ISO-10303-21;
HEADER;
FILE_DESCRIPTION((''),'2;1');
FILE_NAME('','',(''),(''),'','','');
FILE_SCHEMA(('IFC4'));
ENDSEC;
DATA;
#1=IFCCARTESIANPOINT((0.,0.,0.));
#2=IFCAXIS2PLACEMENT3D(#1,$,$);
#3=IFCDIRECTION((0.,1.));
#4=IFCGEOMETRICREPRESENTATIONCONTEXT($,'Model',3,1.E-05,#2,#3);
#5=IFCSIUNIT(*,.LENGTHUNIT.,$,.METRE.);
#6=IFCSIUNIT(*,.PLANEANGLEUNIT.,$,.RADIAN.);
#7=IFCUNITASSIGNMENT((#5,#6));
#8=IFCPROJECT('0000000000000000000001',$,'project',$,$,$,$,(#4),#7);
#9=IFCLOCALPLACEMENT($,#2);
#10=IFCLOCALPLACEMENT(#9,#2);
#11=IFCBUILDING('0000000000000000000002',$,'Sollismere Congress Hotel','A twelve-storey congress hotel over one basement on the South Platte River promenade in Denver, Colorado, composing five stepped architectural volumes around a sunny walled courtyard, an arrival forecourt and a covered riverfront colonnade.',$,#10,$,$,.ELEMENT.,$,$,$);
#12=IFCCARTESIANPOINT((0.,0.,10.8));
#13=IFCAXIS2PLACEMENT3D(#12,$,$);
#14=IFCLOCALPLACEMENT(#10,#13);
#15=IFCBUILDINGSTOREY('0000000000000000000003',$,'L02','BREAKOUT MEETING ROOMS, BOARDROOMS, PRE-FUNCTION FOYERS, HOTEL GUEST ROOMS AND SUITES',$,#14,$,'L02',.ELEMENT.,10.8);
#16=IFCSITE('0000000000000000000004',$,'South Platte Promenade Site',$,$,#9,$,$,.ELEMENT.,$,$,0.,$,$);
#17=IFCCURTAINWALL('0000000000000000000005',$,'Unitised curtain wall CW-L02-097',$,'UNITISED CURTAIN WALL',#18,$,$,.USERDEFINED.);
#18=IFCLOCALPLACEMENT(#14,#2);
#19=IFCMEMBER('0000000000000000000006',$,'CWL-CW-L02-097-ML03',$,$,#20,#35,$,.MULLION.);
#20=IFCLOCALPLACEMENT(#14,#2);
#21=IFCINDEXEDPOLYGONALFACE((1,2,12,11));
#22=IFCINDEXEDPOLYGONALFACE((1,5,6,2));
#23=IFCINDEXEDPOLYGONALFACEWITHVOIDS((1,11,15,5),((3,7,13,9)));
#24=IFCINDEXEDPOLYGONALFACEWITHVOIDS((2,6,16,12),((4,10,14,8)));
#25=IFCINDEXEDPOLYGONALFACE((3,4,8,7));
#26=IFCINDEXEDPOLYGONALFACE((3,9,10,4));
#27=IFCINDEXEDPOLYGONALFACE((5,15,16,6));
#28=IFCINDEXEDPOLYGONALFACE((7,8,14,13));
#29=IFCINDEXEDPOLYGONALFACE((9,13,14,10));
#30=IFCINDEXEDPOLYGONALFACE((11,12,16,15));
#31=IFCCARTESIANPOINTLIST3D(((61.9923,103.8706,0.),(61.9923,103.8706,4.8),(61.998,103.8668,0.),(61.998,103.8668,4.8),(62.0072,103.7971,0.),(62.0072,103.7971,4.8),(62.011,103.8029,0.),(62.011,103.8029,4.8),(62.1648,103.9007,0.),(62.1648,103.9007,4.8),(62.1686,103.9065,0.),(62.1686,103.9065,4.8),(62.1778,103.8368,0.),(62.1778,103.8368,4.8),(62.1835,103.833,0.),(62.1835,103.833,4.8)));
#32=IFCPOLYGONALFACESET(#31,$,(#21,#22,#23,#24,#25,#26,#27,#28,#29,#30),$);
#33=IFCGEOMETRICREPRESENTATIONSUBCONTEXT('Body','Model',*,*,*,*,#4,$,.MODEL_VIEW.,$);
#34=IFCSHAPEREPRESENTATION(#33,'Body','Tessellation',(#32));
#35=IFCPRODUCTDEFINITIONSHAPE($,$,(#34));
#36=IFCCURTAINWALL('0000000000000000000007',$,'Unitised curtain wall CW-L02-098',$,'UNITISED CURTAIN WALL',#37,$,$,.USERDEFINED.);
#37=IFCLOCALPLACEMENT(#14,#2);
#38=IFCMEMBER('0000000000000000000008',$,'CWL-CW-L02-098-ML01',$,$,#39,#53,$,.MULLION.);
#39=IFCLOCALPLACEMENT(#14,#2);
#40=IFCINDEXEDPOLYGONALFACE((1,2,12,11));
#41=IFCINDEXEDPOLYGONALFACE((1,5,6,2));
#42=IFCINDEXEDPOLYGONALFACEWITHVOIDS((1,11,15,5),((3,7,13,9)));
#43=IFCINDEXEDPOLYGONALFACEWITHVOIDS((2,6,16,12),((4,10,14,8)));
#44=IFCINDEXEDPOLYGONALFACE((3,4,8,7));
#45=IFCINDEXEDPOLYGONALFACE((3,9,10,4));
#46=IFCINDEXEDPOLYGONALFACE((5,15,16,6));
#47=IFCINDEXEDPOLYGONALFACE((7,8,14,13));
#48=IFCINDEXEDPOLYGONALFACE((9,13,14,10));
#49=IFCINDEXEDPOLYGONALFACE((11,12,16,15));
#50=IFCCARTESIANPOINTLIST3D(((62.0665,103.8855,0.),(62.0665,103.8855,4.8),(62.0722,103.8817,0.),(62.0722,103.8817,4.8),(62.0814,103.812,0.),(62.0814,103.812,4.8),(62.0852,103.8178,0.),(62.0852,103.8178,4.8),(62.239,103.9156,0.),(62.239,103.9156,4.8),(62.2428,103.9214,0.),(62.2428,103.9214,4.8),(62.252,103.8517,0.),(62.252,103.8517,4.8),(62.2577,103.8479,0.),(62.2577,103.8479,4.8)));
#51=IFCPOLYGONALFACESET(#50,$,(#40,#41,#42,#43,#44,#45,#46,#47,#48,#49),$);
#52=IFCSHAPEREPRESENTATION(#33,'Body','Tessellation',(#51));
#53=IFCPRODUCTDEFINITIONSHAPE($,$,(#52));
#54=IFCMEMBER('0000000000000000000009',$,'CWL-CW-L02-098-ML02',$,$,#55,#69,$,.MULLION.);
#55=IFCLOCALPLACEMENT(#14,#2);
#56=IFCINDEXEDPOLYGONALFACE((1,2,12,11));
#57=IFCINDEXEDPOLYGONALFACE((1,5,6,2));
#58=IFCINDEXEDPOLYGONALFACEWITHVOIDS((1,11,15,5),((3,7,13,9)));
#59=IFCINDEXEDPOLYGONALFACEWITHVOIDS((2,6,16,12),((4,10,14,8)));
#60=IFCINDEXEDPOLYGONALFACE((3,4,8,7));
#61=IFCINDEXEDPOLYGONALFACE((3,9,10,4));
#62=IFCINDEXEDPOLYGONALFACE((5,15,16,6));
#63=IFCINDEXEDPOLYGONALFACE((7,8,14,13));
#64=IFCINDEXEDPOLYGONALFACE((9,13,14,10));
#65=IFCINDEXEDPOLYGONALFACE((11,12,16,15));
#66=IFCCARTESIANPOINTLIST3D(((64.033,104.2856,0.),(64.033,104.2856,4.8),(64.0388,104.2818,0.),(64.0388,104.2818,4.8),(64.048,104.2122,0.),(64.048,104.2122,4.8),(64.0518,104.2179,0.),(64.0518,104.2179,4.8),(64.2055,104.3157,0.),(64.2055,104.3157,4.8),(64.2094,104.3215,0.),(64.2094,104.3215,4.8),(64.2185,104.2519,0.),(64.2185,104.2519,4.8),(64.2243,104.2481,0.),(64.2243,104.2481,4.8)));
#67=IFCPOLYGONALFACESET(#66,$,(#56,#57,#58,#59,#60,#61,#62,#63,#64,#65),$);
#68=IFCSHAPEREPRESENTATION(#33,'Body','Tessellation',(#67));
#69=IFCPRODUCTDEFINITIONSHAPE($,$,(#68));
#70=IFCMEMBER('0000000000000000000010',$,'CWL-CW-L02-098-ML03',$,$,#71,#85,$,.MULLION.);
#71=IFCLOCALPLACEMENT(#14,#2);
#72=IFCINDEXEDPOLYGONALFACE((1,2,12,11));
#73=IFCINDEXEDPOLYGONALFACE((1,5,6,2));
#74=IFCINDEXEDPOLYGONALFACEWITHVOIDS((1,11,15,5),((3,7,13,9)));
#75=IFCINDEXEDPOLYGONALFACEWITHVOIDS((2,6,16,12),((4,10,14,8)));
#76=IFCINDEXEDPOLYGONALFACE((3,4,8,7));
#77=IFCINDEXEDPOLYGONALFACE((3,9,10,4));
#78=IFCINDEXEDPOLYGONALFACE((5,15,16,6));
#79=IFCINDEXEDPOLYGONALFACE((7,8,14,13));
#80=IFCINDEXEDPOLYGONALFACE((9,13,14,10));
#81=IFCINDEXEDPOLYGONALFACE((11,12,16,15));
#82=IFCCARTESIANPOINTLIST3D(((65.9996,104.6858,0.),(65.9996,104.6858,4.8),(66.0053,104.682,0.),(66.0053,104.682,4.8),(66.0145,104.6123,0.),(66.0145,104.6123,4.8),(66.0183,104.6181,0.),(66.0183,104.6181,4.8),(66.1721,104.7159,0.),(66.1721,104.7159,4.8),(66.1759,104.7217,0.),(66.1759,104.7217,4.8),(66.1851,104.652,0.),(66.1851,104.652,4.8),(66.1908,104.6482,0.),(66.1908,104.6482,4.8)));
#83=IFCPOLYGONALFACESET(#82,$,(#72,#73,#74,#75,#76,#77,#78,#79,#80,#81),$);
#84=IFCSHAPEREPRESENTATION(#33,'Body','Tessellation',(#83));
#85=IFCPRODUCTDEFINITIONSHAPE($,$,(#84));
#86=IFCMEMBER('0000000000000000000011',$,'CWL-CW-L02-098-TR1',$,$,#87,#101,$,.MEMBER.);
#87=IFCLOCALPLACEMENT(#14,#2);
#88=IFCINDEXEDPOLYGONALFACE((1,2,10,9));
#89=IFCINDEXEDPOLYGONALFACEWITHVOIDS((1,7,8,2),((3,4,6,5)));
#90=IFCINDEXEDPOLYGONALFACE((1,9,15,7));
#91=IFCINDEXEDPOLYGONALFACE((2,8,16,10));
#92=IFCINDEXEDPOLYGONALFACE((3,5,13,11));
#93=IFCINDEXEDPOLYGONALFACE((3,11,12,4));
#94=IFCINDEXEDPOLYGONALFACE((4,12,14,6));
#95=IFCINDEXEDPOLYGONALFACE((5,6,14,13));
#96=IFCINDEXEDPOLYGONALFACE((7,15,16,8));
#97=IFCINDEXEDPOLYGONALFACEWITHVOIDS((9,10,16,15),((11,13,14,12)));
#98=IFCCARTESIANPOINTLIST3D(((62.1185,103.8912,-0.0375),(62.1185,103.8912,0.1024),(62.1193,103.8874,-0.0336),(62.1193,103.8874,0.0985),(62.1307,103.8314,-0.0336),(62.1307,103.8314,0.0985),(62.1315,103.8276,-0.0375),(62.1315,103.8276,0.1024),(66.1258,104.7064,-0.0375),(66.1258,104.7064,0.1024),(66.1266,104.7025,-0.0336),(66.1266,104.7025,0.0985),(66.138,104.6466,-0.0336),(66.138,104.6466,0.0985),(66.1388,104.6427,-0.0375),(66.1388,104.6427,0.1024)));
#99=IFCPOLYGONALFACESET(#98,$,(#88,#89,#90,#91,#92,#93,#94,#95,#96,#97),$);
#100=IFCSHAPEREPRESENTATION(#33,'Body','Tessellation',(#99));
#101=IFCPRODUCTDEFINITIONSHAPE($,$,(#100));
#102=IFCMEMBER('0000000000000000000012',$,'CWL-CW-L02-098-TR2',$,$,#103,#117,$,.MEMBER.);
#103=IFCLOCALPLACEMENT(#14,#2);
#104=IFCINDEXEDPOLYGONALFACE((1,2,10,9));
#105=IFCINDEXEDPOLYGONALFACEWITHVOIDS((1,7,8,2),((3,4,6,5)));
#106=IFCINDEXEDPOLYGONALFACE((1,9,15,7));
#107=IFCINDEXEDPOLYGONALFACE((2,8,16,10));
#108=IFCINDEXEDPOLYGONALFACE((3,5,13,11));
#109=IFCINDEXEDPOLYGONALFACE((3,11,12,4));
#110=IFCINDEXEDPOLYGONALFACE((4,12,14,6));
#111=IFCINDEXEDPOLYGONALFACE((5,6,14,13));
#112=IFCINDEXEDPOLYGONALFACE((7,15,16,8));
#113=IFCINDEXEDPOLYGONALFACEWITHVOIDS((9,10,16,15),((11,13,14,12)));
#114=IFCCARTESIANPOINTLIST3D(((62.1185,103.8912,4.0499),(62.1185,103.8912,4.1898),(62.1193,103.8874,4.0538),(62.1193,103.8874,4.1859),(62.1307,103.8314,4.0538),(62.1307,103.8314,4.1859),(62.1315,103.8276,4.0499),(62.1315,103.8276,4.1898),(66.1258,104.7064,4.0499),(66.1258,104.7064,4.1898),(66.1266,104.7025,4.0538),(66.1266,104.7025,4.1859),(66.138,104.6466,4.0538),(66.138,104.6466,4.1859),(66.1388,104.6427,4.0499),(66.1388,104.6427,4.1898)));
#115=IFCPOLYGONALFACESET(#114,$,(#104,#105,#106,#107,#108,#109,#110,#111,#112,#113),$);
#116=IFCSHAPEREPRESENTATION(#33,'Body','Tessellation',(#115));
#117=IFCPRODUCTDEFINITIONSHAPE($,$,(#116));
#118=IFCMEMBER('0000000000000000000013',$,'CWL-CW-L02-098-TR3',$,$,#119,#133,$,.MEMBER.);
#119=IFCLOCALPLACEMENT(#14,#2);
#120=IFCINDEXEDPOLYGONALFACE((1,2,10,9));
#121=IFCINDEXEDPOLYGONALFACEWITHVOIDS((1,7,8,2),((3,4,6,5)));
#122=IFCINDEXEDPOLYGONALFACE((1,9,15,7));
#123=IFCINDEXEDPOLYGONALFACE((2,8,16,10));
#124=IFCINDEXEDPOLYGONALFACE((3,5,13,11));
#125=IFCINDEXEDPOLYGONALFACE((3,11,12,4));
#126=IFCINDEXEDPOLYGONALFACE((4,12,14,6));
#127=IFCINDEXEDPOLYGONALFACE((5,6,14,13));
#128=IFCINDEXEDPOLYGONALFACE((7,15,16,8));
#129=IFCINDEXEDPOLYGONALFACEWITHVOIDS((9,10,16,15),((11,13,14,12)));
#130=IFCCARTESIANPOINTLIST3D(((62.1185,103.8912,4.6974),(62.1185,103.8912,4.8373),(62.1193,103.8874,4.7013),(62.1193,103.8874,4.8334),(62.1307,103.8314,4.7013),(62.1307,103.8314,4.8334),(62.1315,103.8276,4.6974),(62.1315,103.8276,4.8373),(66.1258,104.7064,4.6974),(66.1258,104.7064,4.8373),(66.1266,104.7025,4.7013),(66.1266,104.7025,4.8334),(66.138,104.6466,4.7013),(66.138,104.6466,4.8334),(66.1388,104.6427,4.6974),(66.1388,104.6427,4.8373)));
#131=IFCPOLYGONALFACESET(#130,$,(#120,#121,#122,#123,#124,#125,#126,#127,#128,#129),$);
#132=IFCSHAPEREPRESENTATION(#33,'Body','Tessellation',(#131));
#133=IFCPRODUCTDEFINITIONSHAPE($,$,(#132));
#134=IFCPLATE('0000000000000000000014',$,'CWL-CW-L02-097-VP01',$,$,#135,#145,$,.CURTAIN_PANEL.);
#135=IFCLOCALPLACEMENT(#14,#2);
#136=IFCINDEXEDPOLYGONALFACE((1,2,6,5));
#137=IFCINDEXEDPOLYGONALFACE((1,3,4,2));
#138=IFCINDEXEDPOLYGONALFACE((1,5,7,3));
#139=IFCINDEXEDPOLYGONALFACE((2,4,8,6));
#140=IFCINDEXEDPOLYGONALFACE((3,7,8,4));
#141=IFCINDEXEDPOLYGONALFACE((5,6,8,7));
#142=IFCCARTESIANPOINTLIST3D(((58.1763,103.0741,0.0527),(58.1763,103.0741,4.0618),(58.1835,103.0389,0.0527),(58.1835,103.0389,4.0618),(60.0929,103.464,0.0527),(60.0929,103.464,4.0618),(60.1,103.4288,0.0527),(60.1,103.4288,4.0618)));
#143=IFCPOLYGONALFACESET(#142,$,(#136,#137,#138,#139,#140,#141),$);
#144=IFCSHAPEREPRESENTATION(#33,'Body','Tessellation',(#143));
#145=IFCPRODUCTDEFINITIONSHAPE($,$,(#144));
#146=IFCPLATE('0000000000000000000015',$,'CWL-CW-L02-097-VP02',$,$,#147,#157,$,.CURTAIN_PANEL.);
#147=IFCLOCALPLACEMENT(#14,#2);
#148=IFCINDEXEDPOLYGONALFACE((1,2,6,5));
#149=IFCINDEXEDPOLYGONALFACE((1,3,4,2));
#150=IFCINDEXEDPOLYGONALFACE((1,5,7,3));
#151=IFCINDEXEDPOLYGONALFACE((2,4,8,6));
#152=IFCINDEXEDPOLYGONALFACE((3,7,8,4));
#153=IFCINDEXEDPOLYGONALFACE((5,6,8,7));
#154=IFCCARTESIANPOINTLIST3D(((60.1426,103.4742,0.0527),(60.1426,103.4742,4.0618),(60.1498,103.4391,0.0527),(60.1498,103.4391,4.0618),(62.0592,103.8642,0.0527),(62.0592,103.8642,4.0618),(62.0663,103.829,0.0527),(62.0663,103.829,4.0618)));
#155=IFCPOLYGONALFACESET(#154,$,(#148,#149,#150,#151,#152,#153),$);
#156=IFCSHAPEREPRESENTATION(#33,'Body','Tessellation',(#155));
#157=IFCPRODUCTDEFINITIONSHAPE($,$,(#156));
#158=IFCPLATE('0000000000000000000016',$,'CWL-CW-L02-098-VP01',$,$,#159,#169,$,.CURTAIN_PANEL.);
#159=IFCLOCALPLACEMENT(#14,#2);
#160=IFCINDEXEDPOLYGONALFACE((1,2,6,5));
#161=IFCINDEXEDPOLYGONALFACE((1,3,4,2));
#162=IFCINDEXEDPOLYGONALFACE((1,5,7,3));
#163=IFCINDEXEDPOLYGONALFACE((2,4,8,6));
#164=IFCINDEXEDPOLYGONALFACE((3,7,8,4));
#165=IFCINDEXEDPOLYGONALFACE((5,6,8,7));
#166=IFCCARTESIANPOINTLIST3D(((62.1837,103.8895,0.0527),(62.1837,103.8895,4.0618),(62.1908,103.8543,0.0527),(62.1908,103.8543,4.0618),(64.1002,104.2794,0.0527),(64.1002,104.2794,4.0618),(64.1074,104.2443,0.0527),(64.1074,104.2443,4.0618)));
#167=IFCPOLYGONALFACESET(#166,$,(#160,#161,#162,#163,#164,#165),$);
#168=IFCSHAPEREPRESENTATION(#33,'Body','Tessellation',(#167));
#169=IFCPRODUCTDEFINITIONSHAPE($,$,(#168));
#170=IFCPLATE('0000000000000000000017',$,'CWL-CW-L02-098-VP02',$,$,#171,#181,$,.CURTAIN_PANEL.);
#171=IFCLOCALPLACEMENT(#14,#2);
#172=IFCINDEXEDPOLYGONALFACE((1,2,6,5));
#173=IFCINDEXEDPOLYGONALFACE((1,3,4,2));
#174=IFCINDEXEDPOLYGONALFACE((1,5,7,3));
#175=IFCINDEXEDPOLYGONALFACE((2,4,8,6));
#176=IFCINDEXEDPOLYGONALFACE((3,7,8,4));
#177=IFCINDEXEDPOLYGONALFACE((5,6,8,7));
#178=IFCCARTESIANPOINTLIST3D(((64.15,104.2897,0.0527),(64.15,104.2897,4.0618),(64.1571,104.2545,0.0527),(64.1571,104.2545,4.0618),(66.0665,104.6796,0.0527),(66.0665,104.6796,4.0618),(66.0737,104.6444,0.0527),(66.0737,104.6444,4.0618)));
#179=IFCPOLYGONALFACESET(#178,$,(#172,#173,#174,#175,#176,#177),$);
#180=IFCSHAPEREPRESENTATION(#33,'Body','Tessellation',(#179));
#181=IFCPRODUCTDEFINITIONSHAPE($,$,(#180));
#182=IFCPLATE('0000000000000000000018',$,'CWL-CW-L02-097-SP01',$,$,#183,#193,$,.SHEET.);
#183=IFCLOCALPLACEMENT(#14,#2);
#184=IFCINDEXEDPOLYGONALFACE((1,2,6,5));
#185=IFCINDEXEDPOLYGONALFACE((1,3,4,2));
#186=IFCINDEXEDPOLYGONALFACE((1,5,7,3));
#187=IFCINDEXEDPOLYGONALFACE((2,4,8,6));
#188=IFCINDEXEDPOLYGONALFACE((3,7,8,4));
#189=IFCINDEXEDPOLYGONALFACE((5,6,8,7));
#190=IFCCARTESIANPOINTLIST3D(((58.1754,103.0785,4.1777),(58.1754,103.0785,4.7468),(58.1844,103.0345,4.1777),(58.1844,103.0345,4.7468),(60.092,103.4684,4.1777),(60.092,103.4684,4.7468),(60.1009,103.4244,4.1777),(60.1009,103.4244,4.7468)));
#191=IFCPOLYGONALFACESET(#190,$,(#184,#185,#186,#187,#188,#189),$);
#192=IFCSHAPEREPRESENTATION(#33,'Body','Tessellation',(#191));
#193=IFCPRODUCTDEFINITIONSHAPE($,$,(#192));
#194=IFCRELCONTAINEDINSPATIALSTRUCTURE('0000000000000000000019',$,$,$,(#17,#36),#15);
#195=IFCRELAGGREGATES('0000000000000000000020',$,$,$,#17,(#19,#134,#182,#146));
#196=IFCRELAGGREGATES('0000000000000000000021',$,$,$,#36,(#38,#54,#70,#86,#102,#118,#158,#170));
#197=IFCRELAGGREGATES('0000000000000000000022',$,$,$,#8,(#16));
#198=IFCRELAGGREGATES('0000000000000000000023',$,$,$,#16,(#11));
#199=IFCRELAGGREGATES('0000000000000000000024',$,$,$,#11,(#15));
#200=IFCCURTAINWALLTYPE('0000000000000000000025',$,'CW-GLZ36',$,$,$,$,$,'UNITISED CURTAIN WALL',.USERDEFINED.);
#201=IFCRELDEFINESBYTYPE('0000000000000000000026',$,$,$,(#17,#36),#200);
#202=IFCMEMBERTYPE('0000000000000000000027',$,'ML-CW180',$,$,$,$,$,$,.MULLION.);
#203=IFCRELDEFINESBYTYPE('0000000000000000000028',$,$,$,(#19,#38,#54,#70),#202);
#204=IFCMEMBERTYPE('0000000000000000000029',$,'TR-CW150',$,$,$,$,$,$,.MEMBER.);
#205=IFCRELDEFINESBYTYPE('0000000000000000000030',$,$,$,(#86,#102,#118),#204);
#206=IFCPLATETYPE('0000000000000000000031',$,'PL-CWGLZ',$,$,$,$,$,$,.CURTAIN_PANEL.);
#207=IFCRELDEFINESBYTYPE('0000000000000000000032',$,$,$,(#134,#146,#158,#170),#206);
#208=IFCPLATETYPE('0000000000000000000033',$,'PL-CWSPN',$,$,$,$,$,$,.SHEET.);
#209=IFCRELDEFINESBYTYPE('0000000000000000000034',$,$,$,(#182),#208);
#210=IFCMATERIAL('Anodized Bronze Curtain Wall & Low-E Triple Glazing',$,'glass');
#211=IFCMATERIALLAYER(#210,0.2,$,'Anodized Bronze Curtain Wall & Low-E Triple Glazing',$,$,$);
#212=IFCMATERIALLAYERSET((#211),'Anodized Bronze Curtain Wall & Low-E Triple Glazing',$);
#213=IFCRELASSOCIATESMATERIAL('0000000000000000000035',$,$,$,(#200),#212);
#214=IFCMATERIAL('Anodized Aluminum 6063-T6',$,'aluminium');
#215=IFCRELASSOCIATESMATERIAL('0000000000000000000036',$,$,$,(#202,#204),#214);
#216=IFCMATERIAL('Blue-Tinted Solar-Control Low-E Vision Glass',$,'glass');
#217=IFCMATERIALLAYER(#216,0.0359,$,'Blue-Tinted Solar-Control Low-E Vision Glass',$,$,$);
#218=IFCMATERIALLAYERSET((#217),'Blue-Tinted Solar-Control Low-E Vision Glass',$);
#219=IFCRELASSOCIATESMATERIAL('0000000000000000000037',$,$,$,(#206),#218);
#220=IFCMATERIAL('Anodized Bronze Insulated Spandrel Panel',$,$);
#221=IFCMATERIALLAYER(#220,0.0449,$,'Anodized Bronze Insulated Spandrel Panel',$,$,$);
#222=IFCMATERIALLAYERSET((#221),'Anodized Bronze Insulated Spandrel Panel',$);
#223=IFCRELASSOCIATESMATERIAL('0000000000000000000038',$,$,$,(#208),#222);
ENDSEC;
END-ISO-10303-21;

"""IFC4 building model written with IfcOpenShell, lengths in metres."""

from ifc_helpers import new_model, si_unit, direction, frame, origin, origin_2d, place, context, subcontext, project, spatial, rectangle, hollow_rectangle, extrude, material, layer, layer_set, material_profile, profile_set, type_object, element, aggregate, save


model = new_model("IFC4")

# Units and contexts
model_context = context("Model", 3, precision=1e-05, world=origin(), true_north=direction((0.0, 1.0)))
body_context = subcontext(model_context, "Body", "Model", "MODEL_VIEW")
ifc_project = project(units=[si_unit("LENGTHUNIT", "METRE"), si_unit("PLANEANGLEUNIT", "RADIAN")], contexts=[model_context])

# Site, building, storey
site_placement = place(None, origin())
site = spatial("IfcSite", under=ifc_project, at=site_placement, Name="South Platte Promenade Site", CompositionType="ELEMENT", RefElevation=0.0)
building_placement = place(site_placement, origin())
building = spatial("IfcBuilding", under=site, at=building_placement, Name="Sollismere Congress Hotel", Description="A twelve-storey congress hotel over one basement on the South Platte River promenade in Denver, Colorado, composing five stepped architectural volumes around a sunny walled courtyard, an arrival forecourt and a covered riverfront colonnade.", CompositionType="ELEMENT")
storey_placement = place(building_placement, frame((0.0, 0.0, 10.8)))
storey = spatial("IfcBuildingStorey", under=building, at=storey_placement, Name="L02", Description="BREAKOUT MEETING ROOMS, BOARDROOMS, PRE-FUNCTION FOYERS, HOTEL GUEST ROOMS AND SUITES", LongName="L02", CompositionType="ELEMENT", Elevation=10.8)

# Curtain walls, members
ifc_material_1 = material(Name="Anodized Bronze Curtain Wall & Low-E Triple Glazing", Category="glass")
ifc_layer_1 = layer(ifc_material_1, 0.2, Name="Anodized Bronze Curtain Wall & Low-E Triple Glazing")
ifc_layer_set_1 = layer_set([ifc_layer_1], Name="Anodized Bronze Curtain Wall & Low-E Triple Glazing")
curtain_wall_type = type_object("IfcCurtainWallType", Name="CW-GLZ36", ElementType="UNITISED CURTAIN WALL", PredefinedType="USERDEFINED", material=ifc_layer_set_1)
curtain_wall_1_placement = place(storey_placement, origin())
curtain_wall_1 = element("IfcCurtainWall", 1, at=curtain_wall_1_placement, inside=storey, type_object=curtain_wall_type, Name="Unitised curtain wall CW-L02-097", ObjectType="UNITISED CURTAIN WALL", PredefinedType="USERDEFINED")
ifc_material_2 = material(Name="Anodized Aluminum 6063-T6", Category="aluminium")
ifc_material_profile_1 = material_profile(ifc_material_2, hollow_rectangle(XDim=0.075, YDim=0.1799, WallThickness=0.0049, at=origin_2d()), Name="ALU180X75X5")
ifc_profile_set_1 = profile_set([ifc_material_profile_1], Name="Anodized Aluminum 6063-T6")
member_type_1 = type_object("IfcMemberType", Name="ML-CW180", PredefinedType="MULLION", material=ifc_profile_set_1)
member_1_placement = place(storey_placement, frame((62.0879, 103.8518, 0.0), z_axis=(0.0, 0.0, 1.0), x_axis=(-0.199368, 0.979925, 0.0)))
member_1 = element("IfcMember", 2, at=member_1_placement, type_object=member_type_1, Name="CWL-CW-L02-097-ML03", PredefinedType="MULLION", context=body_context, shape_type="SweptSolid", body=[
    extrude(hollow_rectangle(XDim=0.075, YDim=0.1799, WallThickness=0.0049, at=origin_2d()), origin(), (0.0, 0.0, 1.0), 4.8),
])
curtain_wall_2_placement = place(storey_placement, origin())
curtain_wall_2 = element("IfcCurtainWall", 3, at=curtain_wall_2_placement, inside=storey, type_object=curtain_wall_type, Name="Unitised curtain wall CW-L02-098", ObjectType="UNITISED CURTAIN WALL", PredefinedType="USERDEFINED")
member_2_placement = place(storey_placement, frame((62.1621, 103.8667, 0.0), z_axis=(0.0, 0.0, 1.0), x_axis=(-0.199368, 0.979925, 0.0)))
member_2 = element("IfcMember", 4, at=member_2_placement, type_object=member_type_1, Name="CWL-CW-L02-098-ML01", PredefinedType="MULLION", context=body_context, shape_type="SweptSolid", body=[
    extrude(hollow_rectangle(XDim=0.075, YDim=0.1799, WallThickness=0.0049, at=origin_2d()), origin(), (0.0, 0.0, 1.0), 4.8),
])
member_3_placement = place(storey_placement, frame((64.1287, 104.2668, 0.0), z_axis=(0.0, 0.0, 1.0), x_axis=(-0.199368, 0.979925, 0.0)))
member_3 = element("IfcMember", 5, at=member_3_placement, type_object=member_type_1, Name="CWL-CW-L02-098-ML02", PredefinedType="MULLION", context=body_context, shape_type="SweptSolid", body=[
    extrude(hollow_rectangle(XDim=0.075, YDim=0.1799, WallThickness=0.0049, at=origin_2d()), origin(), (0.0, 0.0, 1.0), 4.8),
])
member_4_placement = place(storey_placement, frame((66.0952, 104.667, 0.0), z_axis=(0.0, 0.0, 1.0), x_axis=(-0.199368, 0.979925, 0.0)))
member_4 = element("IfcMember", 6, at=member_4_placement, type_object=member_type_1, Name="CWL-CW-L02-098-ML03", PredefinedType="MULLION", context=body_context, shape_type="SweptSolid", body=[
    extrude(hollow_rectangle(XDim=0.075, YDim=0.1799, WallThickness=0.0049, at=origin_2d()), origin(), (0.0, 0.0, 1.0), 4.8),
])
ifc_material_profile_2 = material_profile(ifc_material_2, hollow_rectangle(XDim=0.0649, YDim=0.1399, WallThickness=0.0039, at=origin_2d()), Name="ALU140X65X4")
ifc_profile_set_2 = profile_set([ifc_material_profile_2], Name="Anodized Aluminum 6063-T6")
member_type_2 = type_object("IfcMemberType", Name="TR-CW150", PredefinedType="MEMBER", material=ifc_profile_set_2)
member_5_placement = place(storey_placement, frame((62.125, 103.8594, 0.0325), z_axis=(0.97993, 0.199341, 0.0), x_axis=(-0.199341, 0.97993, 0.0)))
member_5 = element("IfcMember", 7, at=member_5_placement, type_object=member_type_2, Name="CWL-CW-L02-098-TR1", PredefinedType="MEMBER", context=body_context, shape_type="SweptSolid", body=[
    extrude(hollow_rectangle(XDim=0.0649, YDim=0.1399, WallThickness=0.0039, at=origin_2d()), origin(), (0.0, 0.0, 1.0), 4.0894),
])
member_6_placement = place(storey_placement, frame((62.125, 103.8594, 4.1199), z_axis=(0.97993, 0.199341, 0.0), x_axis=(-0.199341, 0.97993, 0.0)))
member_6 = element("IfcMember", 8, at=member_6_placement, type_object=member_type_2, Name="CWL-CW-L02-098-TR2", PredefinedType="MEMBER", context=body_context, shape_type="SweptSolid", body=[
    extrude(hollow_rectangle(XDim=0.0649, YDim=0.1399, WallThickness=0.0039, at=origin_2d()), origin(), (0.0, 0.0, 1.0), 4.0894),
])
member_7_placement = place(storey_placement, frame((62.125, 103.8594, 4.7673), z_axis=(0.97993, 0.199341, 0.0), x_axis=(-0.199341, 0.97993, 0.0)))
member_7 = element("IfcMember", 9, at=member_7_placement, type_object=member_type_2, Name="CWL-CW-L02-098-TR3", PredefinedType="MEMBER", context=body_context, shape_type="SweptSolid", body=[
    extrude(hollow_rectangle(XDim=0.0649, YDim=0.1399, WallThickness=0.0039, at=origin_2d()), origin(), (0.0, 0.0, 1.0), 4.0894),
])

# Plates
ifc_material_3 = material(Name="Blue-Tinted Solar-Control Low-E Vision Glass", Category="glass")
ifc_layer_2 = layer(ifc_material_3, 0.0359, Name="Blue-Tinted Solar-Control Low-E Vision Glass")
ifc_layer_set_2 = layer_set([ifc_layer_2], Name="Blue-Tinted Solar-Control Low-E Vision Glass")
plate_type_1 = type_object("IfcPlateType", Name="PL-CWGLZ", PredefinedType="CURTAIN_PANEL", material=ifc_layer_set_2)
plate_1_placement = place(storey_placement, frame((59.1382, 103.2515, 0.0527), z_axis=(0.0, 0.0, 1.0), x_axis=(0.979925, 0.199368, 0.0)))
plate_1 = element("IfcPlate", 10, at=plate_1_placement, type_object=plate_type_1, Name="CWL-CW-L02-097-VP01", PredefinedType="CURTAIN_PANEL", context=body_context, shape_type="SweptSolid", body=[
    extrude(rectangle(XDim=1.9558, YDim=0.0359, at=origin_2d()), origin(), (0.0, 0.0, 1.0), 4.009),
])
plate_2_placement = place(storey_placement, frame((61.1045, 103.6516, 0.0527), z_axis=(0.0, 0.0, 1.0), x_axis=(0.979925, 0.199368, 0.0)))
plate_2 = element("IfcPlate", 11, at=plate_2_placement, type_object=plate_type_1, Name="CWL-CW-L02-097-VP02", PredefinedType="CURTAIN_PANEL", context=body_context, shape_type="SweptSolid", body=[
    extrude(rectangle(XDim=1.9558, YDim=0.0359, at=origin_2d()), origin(), (0.0, 0.0, 1.0), 4.009),
])
plate_3_placement = place(storey_placement, frame((63.1455, 104.0669, 0.0527), z_axis=(0.0, 0.0, 1.0), x_axis=(0.979925, 0.199368, 0.0)))
plate_3 = element("IfcPlate", 12, at=plate_3_placement, type_object=plate_type_1, Name="CWL-CW-L02-098-VP01", PredefinedType="CURTAIN_PANEL", context=body_context, shape_type="SweptSolid", body=[
    extrude(rectangle(XDim=1.9558, YDim=0.0359, at=origin_2d()), origin(), (0.0, 0.0, 1.0), 4.009),
])
plate_4_placement = place(storey_placement, frame((65.1118, 104.467, 0.0527), z_axis=(0.0, 0.0, 1.0), x_axis=(0.979925, 0.199368, 0.0)))
plate_4 = element("IfcPlate", 13, at=plate_4_placement, type_object=plate_type_1, Name="CWL-CW-L02-098-VP02", PredefinedType="CURTAIN_PANEL", context=body_context, shape_type="SweptSolid", body=[
    extrude(rectangle(XDim=1.9558, YDim=0.0359, at=origin_2d()), origin(), (0.0, 0.0, 1.0), 4.009),
])
ifc_material_4 = material(Name="Anodized Bronze Insulated Spandrel Panel")
ifc_layer_3 = layer(ifc_material_4, 0.0449, Name="Anodized Bronze Insulated Spandrel Panel")
ifc_layer_set_3 = layer_set([ifc_layer_3], Name="Anodized Bronze Insulated Spandrel Panel")
plate_type_2 = type_object("IfcPlateType", Name="PL-CWSPN", PredefinedType="SHEET", material=ifc_layer_set_3)
plate_5_placement = place(storey_placement, frame((59.1382, 103.2515, 4.1777), z_axis=(0.0, 0.0, 1.0), x_axis=(0.979925, 0.199368, 0.0)))
plate_5 = element("IfcPlate", 14, at=plate_5_placement, type_object=plate_type_2, Name="CWL-CW-L02-097-SP01", PredefinedType="SHEET", context=body_context, shape_type="SweptSolid", body=[
    extrude(rectangle(XDim=1.9558, YDim=0.0449, at=origin_2d()), origin(), (0.0, 0.0, 1.0), 0.5691),
])
aggregate(curtain_wall_1, [member_1, plate_1, plate_5, plate_2])
aggregate(curtain_wall_2, [member_2, member_3, member_4, member_5, member_6, member_7, plate_3, plate_4])

save(model, "model.ifc")
